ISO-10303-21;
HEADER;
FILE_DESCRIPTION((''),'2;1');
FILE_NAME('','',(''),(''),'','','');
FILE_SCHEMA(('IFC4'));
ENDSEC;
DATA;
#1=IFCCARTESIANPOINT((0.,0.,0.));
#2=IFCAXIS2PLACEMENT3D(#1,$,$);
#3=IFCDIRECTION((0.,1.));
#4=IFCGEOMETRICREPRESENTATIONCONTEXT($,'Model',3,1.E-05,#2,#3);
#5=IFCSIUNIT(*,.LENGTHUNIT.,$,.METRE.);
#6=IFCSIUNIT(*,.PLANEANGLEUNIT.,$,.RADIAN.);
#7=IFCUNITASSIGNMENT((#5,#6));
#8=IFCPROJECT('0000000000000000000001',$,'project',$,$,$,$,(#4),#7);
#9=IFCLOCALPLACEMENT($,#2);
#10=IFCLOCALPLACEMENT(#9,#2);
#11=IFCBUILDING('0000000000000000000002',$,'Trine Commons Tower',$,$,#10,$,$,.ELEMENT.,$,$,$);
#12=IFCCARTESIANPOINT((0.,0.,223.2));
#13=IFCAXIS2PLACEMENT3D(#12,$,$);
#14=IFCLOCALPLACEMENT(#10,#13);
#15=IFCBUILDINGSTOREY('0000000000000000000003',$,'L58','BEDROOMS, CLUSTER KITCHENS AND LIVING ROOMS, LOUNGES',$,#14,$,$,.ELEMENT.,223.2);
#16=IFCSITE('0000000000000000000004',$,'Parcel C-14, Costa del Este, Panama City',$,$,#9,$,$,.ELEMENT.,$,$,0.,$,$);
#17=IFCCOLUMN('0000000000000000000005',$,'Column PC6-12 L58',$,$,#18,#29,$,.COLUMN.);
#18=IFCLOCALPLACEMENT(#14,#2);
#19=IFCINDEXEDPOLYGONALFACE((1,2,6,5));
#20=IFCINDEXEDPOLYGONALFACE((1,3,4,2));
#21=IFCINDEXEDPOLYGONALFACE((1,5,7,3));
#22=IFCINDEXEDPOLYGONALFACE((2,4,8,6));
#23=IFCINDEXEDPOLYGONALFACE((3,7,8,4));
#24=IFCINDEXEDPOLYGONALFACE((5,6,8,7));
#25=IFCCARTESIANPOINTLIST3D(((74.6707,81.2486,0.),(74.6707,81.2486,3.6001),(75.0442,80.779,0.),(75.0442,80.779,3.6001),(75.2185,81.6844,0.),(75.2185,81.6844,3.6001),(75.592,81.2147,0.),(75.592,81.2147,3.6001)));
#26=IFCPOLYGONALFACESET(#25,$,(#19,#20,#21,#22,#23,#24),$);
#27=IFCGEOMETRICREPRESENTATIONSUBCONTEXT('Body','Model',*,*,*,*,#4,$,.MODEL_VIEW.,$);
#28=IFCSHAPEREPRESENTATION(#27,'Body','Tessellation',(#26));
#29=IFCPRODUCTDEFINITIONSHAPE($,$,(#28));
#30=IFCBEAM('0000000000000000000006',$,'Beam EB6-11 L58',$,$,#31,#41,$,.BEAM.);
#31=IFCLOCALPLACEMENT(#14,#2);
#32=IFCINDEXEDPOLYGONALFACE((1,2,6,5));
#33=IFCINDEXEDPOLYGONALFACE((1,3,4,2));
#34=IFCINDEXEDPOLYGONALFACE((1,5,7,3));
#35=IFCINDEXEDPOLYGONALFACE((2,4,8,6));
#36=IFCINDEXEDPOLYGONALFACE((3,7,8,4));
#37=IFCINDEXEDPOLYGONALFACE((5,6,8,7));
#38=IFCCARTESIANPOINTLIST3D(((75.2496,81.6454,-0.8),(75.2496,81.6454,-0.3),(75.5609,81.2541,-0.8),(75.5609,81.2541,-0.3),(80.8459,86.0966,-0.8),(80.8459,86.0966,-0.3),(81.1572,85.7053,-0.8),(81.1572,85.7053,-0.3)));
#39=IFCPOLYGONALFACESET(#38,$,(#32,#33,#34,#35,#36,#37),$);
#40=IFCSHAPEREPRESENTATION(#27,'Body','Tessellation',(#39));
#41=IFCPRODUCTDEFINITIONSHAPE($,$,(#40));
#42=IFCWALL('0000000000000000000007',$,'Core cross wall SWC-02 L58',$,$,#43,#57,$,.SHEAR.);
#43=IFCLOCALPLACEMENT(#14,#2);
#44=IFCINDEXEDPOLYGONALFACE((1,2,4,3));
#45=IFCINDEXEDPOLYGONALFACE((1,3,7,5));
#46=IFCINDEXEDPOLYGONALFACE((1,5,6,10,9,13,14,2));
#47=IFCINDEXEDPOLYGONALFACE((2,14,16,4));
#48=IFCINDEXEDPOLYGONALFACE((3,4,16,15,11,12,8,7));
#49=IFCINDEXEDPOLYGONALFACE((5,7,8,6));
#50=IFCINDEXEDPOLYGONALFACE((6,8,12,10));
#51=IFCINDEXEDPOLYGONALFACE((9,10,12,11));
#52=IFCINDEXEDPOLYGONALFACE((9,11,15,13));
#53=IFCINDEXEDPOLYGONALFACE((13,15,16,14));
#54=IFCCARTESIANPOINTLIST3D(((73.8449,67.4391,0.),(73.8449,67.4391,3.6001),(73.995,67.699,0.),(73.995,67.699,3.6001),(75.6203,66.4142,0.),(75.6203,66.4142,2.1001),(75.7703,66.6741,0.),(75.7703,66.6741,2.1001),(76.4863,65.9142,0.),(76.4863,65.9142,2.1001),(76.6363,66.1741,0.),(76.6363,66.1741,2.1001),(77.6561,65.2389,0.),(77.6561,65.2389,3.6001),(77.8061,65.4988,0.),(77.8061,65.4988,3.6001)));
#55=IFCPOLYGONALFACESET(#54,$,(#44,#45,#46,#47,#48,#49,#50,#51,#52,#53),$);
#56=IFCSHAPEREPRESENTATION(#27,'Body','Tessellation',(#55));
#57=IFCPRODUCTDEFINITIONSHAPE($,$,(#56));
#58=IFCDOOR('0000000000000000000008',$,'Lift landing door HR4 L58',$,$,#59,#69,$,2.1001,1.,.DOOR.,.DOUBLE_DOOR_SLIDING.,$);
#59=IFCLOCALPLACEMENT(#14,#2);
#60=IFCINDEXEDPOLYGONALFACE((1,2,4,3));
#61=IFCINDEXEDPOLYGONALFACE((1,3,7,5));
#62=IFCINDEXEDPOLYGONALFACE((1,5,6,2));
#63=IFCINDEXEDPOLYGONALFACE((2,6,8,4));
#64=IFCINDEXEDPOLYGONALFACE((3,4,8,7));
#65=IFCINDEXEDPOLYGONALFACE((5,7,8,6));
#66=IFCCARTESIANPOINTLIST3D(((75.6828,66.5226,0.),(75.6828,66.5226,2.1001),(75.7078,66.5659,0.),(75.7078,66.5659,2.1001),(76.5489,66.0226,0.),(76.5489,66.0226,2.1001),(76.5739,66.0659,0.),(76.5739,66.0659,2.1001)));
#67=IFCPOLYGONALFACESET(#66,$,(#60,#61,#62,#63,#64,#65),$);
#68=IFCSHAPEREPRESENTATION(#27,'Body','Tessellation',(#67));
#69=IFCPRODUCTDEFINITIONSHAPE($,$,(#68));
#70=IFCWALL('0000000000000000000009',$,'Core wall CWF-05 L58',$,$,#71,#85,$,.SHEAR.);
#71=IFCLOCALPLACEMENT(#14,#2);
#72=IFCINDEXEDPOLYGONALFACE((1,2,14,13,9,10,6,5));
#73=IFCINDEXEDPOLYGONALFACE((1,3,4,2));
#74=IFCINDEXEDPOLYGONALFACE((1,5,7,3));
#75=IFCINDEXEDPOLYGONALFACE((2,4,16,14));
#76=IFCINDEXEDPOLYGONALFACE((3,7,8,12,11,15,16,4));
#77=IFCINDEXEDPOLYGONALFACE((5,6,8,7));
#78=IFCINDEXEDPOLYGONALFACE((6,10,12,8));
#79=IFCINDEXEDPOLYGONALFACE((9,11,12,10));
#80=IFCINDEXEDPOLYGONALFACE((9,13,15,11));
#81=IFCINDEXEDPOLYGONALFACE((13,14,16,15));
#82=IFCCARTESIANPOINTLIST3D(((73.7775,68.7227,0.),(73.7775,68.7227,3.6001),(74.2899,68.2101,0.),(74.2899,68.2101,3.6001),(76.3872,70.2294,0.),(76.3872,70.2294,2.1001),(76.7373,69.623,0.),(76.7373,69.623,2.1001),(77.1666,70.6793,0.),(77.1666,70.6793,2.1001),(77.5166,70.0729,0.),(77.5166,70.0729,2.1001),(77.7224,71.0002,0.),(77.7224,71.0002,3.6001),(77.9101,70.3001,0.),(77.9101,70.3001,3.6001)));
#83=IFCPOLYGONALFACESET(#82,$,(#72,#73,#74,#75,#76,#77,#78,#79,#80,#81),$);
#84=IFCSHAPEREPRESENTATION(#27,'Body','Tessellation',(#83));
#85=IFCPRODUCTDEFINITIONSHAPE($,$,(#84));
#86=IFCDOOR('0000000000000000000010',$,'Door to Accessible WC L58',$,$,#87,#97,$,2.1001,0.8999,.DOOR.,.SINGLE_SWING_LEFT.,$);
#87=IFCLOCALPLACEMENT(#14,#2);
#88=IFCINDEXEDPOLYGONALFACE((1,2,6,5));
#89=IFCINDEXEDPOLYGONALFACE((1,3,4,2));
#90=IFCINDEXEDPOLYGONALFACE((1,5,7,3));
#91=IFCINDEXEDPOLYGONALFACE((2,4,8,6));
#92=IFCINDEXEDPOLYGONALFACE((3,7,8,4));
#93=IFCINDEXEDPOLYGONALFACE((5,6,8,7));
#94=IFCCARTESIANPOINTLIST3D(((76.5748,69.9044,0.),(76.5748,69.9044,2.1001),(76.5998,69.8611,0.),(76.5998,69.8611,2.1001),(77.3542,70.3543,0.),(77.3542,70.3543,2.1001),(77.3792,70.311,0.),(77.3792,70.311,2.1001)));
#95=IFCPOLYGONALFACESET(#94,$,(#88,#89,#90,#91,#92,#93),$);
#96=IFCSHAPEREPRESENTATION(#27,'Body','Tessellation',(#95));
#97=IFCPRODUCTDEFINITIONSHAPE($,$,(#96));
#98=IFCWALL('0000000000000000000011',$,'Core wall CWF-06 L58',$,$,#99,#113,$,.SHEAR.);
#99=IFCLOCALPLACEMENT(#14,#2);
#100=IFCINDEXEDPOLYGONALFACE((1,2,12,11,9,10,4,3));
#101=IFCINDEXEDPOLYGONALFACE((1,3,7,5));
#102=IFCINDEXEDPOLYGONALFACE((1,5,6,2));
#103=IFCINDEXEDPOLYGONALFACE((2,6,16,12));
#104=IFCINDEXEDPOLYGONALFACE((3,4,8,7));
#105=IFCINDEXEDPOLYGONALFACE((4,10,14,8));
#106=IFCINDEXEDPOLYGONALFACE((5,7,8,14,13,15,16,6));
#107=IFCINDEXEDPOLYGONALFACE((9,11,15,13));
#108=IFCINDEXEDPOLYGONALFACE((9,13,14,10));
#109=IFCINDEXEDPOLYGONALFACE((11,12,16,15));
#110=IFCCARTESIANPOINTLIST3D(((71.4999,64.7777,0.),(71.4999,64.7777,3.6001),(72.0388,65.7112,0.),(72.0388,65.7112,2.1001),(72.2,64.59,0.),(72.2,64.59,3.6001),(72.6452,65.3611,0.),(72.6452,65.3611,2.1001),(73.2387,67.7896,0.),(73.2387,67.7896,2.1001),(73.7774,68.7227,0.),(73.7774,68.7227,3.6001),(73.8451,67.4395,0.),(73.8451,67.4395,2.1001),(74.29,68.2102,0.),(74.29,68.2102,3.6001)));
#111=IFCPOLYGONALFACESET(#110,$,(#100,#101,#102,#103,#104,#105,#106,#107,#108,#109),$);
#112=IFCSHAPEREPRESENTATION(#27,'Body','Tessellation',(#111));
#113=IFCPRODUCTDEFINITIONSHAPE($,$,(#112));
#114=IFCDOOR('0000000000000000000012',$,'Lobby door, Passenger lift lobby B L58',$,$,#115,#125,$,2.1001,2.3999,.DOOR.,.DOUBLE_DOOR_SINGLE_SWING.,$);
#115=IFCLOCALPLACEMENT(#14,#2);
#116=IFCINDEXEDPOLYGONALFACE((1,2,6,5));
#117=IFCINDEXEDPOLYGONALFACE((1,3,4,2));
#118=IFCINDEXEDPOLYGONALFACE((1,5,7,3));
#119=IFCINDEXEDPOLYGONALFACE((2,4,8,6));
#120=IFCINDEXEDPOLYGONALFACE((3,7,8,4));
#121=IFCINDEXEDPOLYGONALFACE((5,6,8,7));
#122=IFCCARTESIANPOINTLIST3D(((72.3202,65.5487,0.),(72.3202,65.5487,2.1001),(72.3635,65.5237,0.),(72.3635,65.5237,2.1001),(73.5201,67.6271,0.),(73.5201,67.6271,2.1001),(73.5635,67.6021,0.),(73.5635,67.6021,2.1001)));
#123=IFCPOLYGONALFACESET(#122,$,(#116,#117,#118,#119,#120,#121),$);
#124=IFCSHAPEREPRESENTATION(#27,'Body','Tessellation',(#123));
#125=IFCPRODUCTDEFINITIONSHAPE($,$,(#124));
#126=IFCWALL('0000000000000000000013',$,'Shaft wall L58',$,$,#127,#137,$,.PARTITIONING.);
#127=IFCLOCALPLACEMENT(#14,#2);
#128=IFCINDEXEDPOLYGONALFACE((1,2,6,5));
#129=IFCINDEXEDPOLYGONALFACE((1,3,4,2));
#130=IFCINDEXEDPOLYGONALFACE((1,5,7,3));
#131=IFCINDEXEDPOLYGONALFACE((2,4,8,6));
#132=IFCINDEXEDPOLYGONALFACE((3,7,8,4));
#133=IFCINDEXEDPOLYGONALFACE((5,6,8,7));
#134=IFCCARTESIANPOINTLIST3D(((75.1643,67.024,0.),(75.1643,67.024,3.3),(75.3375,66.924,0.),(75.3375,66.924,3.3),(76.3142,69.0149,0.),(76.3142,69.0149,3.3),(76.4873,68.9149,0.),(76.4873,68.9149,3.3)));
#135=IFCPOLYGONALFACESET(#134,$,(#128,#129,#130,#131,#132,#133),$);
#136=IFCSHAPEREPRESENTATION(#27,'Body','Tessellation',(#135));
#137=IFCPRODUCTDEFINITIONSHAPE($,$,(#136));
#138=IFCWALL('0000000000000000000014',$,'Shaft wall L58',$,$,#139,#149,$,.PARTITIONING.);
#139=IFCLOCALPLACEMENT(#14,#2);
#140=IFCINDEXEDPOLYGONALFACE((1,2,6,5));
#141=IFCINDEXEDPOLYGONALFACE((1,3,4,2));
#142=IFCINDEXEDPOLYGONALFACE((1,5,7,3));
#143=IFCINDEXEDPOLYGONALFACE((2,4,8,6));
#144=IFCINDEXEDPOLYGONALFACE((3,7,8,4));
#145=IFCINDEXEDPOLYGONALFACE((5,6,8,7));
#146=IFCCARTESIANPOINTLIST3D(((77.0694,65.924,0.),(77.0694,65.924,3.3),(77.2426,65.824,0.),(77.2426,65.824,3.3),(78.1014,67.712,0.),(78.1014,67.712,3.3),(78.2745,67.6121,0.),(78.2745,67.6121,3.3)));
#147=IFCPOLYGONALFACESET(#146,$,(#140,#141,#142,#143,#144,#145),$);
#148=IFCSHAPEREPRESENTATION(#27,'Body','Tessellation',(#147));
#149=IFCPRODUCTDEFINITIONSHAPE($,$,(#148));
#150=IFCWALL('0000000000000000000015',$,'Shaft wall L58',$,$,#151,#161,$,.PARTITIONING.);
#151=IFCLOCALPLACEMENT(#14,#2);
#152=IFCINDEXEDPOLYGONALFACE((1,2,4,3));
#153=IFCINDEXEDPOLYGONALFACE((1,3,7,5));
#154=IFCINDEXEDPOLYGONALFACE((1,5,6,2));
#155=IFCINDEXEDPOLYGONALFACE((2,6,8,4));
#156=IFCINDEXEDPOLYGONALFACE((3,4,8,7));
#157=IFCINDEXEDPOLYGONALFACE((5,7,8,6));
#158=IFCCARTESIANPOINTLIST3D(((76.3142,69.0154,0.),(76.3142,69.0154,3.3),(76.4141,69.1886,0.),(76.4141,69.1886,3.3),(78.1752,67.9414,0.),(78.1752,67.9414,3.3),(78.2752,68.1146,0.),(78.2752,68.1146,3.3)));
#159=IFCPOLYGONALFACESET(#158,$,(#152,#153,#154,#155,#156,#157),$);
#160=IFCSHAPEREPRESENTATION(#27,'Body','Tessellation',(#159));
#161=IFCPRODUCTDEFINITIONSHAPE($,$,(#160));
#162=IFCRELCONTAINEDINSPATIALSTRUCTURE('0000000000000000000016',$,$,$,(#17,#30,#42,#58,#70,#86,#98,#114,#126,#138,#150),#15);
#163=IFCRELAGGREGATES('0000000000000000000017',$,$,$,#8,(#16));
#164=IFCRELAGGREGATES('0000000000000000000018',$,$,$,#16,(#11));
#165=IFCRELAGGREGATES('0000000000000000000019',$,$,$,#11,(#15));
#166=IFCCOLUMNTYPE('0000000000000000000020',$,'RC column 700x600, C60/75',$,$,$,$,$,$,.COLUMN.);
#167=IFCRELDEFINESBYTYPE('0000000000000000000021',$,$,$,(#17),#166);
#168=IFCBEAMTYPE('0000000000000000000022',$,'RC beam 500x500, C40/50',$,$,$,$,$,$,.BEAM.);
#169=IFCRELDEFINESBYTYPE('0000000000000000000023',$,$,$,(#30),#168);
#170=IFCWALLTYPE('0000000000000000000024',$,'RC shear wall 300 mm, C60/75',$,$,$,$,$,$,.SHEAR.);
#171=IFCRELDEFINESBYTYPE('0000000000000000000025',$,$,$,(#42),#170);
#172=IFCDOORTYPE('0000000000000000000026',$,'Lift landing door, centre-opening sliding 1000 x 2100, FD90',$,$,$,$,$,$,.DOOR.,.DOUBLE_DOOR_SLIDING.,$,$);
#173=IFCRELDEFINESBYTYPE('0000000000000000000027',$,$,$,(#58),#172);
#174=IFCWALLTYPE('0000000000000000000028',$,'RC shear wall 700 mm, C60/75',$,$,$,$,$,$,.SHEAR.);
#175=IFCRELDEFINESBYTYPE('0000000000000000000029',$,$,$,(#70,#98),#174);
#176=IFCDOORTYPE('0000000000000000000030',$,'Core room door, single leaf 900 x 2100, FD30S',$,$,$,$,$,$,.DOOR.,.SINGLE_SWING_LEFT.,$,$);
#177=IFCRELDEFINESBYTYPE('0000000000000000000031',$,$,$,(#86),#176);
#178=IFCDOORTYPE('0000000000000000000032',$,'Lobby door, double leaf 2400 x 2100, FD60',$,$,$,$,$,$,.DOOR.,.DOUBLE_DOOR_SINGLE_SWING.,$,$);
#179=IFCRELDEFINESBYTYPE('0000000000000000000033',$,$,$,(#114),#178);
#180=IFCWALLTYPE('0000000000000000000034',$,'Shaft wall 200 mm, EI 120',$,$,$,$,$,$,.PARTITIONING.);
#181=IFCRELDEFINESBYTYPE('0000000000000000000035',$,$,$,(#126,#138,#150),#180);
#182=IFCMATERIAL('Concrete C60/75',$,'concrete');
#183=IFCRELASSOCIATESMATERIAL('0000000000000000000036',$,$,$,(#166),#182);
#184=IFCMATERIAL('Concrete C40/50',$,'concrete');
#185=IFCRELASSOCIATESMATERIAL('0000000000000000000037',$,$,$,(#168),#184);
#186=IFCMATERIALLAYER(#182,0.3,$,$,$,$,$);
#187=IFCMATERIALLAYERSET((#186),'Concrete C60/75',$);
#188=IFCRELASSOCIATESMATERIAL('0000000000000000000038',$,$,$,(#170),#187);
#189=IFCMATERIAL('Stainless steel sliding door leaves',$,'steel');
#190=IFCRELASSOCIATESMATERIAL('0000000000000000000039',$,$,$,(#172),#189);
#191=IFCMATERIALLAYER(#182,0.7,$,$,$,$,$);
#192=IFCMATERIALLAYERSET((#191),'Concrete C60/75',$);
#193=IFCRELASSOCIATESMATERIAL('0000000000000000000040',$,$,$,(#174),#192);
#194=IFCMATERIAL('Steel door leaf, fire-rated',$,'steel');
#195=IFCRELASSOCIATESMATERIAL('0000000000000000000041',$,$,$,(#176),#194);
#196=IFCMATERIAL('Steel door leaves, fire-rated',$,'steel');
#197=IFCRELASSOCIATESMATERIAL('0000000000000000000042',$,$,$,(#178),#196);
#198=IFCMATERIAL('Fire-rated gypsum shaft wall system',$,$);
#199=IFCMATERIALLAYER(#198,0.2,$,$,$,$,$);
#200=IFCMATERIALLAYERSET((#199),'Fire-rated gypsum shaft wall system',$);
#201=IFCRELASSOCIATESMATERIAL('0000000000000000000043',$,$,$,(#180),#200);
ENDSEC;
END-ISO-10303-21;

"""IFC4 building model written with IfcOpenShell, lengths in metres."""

from ifc_helpers import new_model, si_unit, direction, frame, frame_2d, origin, origin_2d, place, context, subcontext, project, spatial, polyline, rectangle, outline, extrude, material, layer, layer_set, material_profile, profile_set, type_object, element, fill, save


model = new_model("IFC4")

# Units and contexts
model_context = context("Model", 3, precision=1e-05, world=origin(), true_north=direction((0.0, 1.0)))
body_context = subcontext(model_context, "Body", "Model", "MODEL_VIEW")
ifc_project = project(units=[si_unit("LENGTHUNIT", "METRE"), si_unit("PLANEANGLEUNIT", "RADIAN")], contexts=[model_context])

# Site, building, storey
site_placement = place(None, origin())
site = spatial("IfcSite", under=ifc_project, at=site_placement, Name="Parcel C-14, Costa del Este, Panama City", CompositionType="ELEMENT", RefElevation=0.0)
building_placement = place(site_placement, origin())
building = spatial("IfcBuilding", under=site, at=building_placement, Name="Trine Commons Tower", CompositionType="ELEMENT")
storey_placement = place(building_placement, frame((0.0, 0.0, 223.2)))
storey = spatial("IfcBuildingStorey", under=building, at=storey_placement, Name="L58", Description="BEDROOMS, CLUSTER KITCHENS AND LIVING ROOMS, LOUNGES", CompositionType="ELEMENT", Elevation=223.2)

# Column
ifc_material_1 = material(Name="Concrete C60/75", Category="concrete")
ifc_material_profile_1 = material_profile(ifc_material_1, rectangle(XDim=0.7, YDim=0.6001, at=origin_2d()), Name="RC 700x600")
ifc_profile_set_1 = profile_set([ifc_material_profile_1], Name="Concrete C60/75")
column_type = type_object("IfcColumnType", Name="RC column 700x600, C60/75", PredefinedType="COLUMN", material=ifc_profile_set_1)
column_placement = place(storey_placement, frame((75.1313, 81.2317, 0.0), z_axis=(0.0, 0.0, 1.0), x_axis=(0.782608, 0.622515, 0.0)))
element("IfcColumn", 1, at=column_placement, inside=storey, type_object=column_type, Name="Column PC6-12 L58", PredefinedType="COLUMN", context=body_context, shape_type="SweptSolid", body=[
    extrude(rectangle(XDim=0.7, YDim=0.6001, at=origin_2d()), origin(), (0.0, 0.0, 1.0), 3.6001),
])

# Beam
ifc_material_2 = material(Name="Concrete C40/50", Category="concrete")
ifc_material_profile_2 = material_profile(ifc_material_2, rectangle(XDim=0.5, YDim=0.5, at=origin_2d()), Name="RC 500x500")
ifc_profile_set_2 = profile_set([ifc_material_profile_2], Name="Concrete C40/50")
beam_type = type_object("IfcBeamType", Name="RC beam 500x500, C40/50", PredefinedType="BEAM", material=ifc_profile_set_2)
beam_placement = place(storey_placement, frame((75.4053, 81.4497, -0.55), z_axis=(0.782624, 0.622494, 0.0), x_axis=(-0.622494, 0.782624, 0.0)))
element("IfcBeam", 2, at=beam_placement, inside=storey, type_object=beam_type, Name="Beam EB6-11 L58", PredefinedType="BEAM", context=body_context, shape_type="SweptSolid", body=[
    extrude(rectangle(XDim=0.5, YDim=0.5, at=origin_2d()), origin(), (0.0, 0.0, 1.0), 7.1506),
])

# Walls, openings, doors
ifc_layer_1 = layer(ifc_material_1, 0.3)
ifc_layer_set_1 = layer_set([ifc_layer_1], Name="Concrete C60/75")
wall_type_1 = type_object("IfcWallType", Name="RC shear wall 300 mm, C60/75", PredefinedType="SHEAR", material=ifc_layer_set_1)
wall_1_placement = place(storey_placement, frame((77.731, 65.3689, 0.0), z_axis=(0.0, 0.0, 1.0), x_axis=(-0.866036, 0.499982, 0.0)))
wall_1 = element("IfcWall", 3, at=wall_1_placement, inside=storey, type_object=wall_type_1, Name="Core cross wall SWC-02 L58", PredefinedType="SHEAR", context=body_context, shape_type="SweptSolid", body=[
    extrude(rectangle(XDim=4.4006, YDim=0.3, at=frame_2d((2.2002, 0.0))), origin(), (0.0, 0.0, 1.0), 3.6001),
])
opening_1_placement = place(wall_1_placement, frame((1.3506, 0.0, 0.0)))
opening_1 = element("IfcOpeningElement", 4, at=opening_1_placement, cuts=wall_1, PredefinedType="OPENING", context=body_context, shape_type="SweptSolid", body=[
    extrude(rectangle(XDim=1.0, YDim=2.1001, at=frame_2d((0.5, 1.05))), frame((0.0, 0.1599, 0.0), z_axis=(0.0, -1.0, 0.0), x_axis=(1.0, 0.0, 0.0)), (0.0, 0.0, 1.0), 0.3201),
])
ifc_material_3 = material(Name="Stainless steel sliding door leaves", Category="steel")
door_type_1 = type_object("IfcDoorType", Name="Lift landing door, centre-opening sliding 1000 x 2100, FD90", OperationType="DOUBLE_DOOR_SLIDING", PredefinedType="DOOR", material=ifc_material_3)
door_1_placement = place(opening_1_placement, origin())
door_1 = element("IfcDoor", 5, at=door_1_placement, inside=storey, type_object=door_type_1, Name="Lift landing door HR4 L58", OperationType="DOUBLE_DOOR_SLIDING", OverallHeight=2.1001, OverallWidth=1.0, PredefinedType="DOOR", context=body_context, shape_type="SweptSolid", body=[
    extrude(rectangle(XDim=1.0, YDim=2.1001, at=frame_2d((0.5, 1.05))), frame((0.0, 0.0249, 0.0), z_axis=(0.0, -1.0, 0.0), x_axis=(1.0, 0.0, 0.0)), (0.0, 0.0, 1.0), 0.05),
])
fill(opening_1, door_1)
ifc_layer_2 = layer(ifc_material_1, 0.7)
ifc_layer_set_2 = layer_set([ifc_layer_2], Name="Concrete C60/75")
wall_type_2 = type_object("IfcWallType", Name="RC shear wall 700 mm, C60/75", PredefinedType="SHEAR", material=ifc_layer_set_2)
wall_2_placement = place(storey_placement, frame((77.8975, 70.697, 0.0), z_axis=(0.0, 0.0, 1.0), x_axis=(-0.866035, -0.499984, 0.0)))
wall_2 = element("IfcWall", 6, at=wall_2_placement, inside=storey, type_object=wall_type_2, Name="Core wall CWF-05 L58", PredefinedType="SHEAR", context=body_context, shape_type="SweptSolid", body=[
    extrude(outline(polyline([(0.0, -0.3501), (4.5552, -0.3501), (4.3677, 0.3501), (0.1875, 0.3501), (0.0, -0.3501)])), origin(), (0.0, 0.0, 1.0), 3.6001),
])
opening_2_placement = place(wall_2_placement, frame((0.6418, 0.0, 0.0)))
opening_2 = element("IfcOpeningElement", 7, at=opening_2_placement, cuts=wall_2, PredefinedType="OPENING", context=body_context, shape_type="SweptSolid", body=[
    extrude(rectangle(XDim=0.8999, YDim=2.1001, at=frame_2d((0.45, 1.05))), frame((0.0, 0.3599, 0.0), z_axis=(0.0, -1.0, 0.0), x_axis=(1.0, 0.0, 0.0)), (0.0, 0.0, 1.0), 0.72),
])
ifc_material_4 = material(Name="Steel door leaf, fire-rated", Category="steel")
door_type_2 = type_object("IfcDoorType", Name="Core room door, single leaf 900 x 2100, FD30S", OperationType="SINGLE_SWING_LEFT", PredefinedType="DOOR", material=ifc_material_4)
door_2_placement = place(opening_2_placement, origin())
door_2 = element("IfcDoor", 8, at=door_2_placement, inside=storey, type_object=door_type_2, Name="Door to Accessible WC L58", OperationType="SINGLE_SWING_LEFT", OverallHeight=2.1001, OverallWidth=0.8999, PredefinedType="DOOR", context=body_context, shape_type="SweptSolid", body=[
    extrude(rectangle(XDim=0.8999, YDim=2.1001, at=frame_2d((0.45, 1.05))), frame((0.0, 0.0752, 0.0), z_axis=(0.0, -1.0, 0.0), x_axis=(1.0, 0.0, 0.0)), (0.0, 0.0, 1.0), 0.05),
])
fill(opening_2, door_2)
wall_3_placement = place(storey_placement, frame((74.0806, 68.5476, 0.0), z_axis=(0.0, 0.0, 1.0), x_axis=(-0.499984, -0.866035, 0.0)))
wall_3 = element("IfcWall", 9, at=wall_3_placement, inside=storey, type_object=wall_type_2, Name="Core wall CWF-06 L58", PredefinedType="SHEAR", context=body_context, shape_type="SweptSolid", body=[
    extrude(outline(polyline([(0.0, -0.3501), (4.5552, -0.3501), (4.3677, 0.3501), (0.1875, 0.3501), (0.0, -0.3501)])), origin(), (0.0, 0.0, 1.0), 3.6001),
])
opening_3_placement = place(wall_3_placement, frame((1.0774, 0.0, 0.0)))
opening_3 = element("IfcOpeningElement", 10, at=opening_3_placement, cuts=wall_3, PredefinedType="OPENING", context=body_context, shape_type="SweptSolid", body=[
    extrude(rectangle(XDim=2.3999, YDim=2.1001, at=frame_2d((1.2, 1.05))), frame((0.0, 0.3599, 0.0), z_axis=(0.0, -1.0, 0.0), x_axis=(1.0, 0.0, 0.0)), (0.0, 0.0, 1.0), 0.72),
])
ifc_material_5 = material(Name="Steel door leaves, fire-rated", Category="steel")
door_type_3 = type_object("IfcDoorType", Name="Lobby door, double leaf 2400 x 2100, FD60", OperationType="DOUBLE_DOOR_SINGLE_SWING", PredefinedType="DOOR", material=ifc_material_5)
door_3_placement = place(opening_3_placement, origin())
door_3 = element("IfcDoor", 11, at=door_3_placement, inside=storey, type_object=door_type_3, Name="Lobby door, Passenger lift lobby B L58", OperationType="DOUBLE_DOOR_SINGLE_SWING", OverallHeight=2.1001, OverallWidth=2.3999, PredefinedType="DOOR", context=body_context, shape_type="SweptSolid", body=[
    extrude(rectangle(XDim=2.3999, YDim=2.1001, at=frame_2d((1.2, 1.05))), frame((0.0, 0.0249, 0.0), z_axis=(0.0, -1.0, 0.0), x_axis=(1.0, 0.0, 0.0)), (0.0, 0.0, 1.0), 0.05),
])
fill(opening_3, door_3)

# Walls
ifc_material_6 = material(Name="Fire-rated gypsum shaft wall system")
ifc_layer_3 = layer(ifc_material_6, 0.2)
ifc_layer_set_3 = layer_set([ifc_layer_3], Name="Fire-rated gypsum shaft wall system")
wall_type_3 = type_object("IfcWallType", Name="Shaft wall 200 mm, EI 120", PredefinedType="PARTITIONING", material=ifc_layer_set_3)
wall_4_placement = place(storey_placement, frame((75.251, 66.9741, 0.0), z_axis=(0.0, 0.0, 1.0), x_axis=(0.500136, 0.865947, 0.0)))
element("IfcWall", 12, at=wall_4_placement, inside=storey, type_object=wall_type_3, Name="Shaft wall L58", PredefinedType="PARTITIONING", context=body_context, shape_type="SweptSolid", body=[
    extrude(rectangle(XDim=2.2991, YDim=0.2, at=frame_2d((1.1494, 0.0))), origin(), (0.0, 0.0, 1.0), 3.3),
])
wall_5_placement = place(storey_placement, frame((77.156, 65.874, 0.0), z_axis=(0.0, 0.0, 1.0), x_axis=(0.499866, 0.866103, 0.0)))
element("IfcWall", 13, at=wall_5_placement, inside=storey, type_object=wall_type_3, Name="Shaft wall L58", PredefinedType="PARTITIONING", context=body_context, shape_type="SweptSolid", body=[
    extrude(rectangle(XDim=2.0645, YDim=0.2, at=frame_2d((1.0322, 0.0))), origin(), (0.0, 0.0, 1.0), 3.3),
])
wall_6_placement = place(storey_placement, frame((78.2251, 68.0281, 0.0), z_axis=(0.0, 0.0, 1.0), x_axis=(-0.866131, 0.499818, 0.0)))
element("IfcWall", 14, at=wall_6_placement, inside=storey, type_object=wall_type_3, Name="Shaft wall L58", PredefinedType="PARTITIONING", context=body_context, shape_type="SweptSolid", body=[
    extrude(rectangle(XDim=2.1487, YDim=0.2, at=frame_2d((1.0742, 0.0))), origin(), (0.0, 0.0, 1.0), 3.3),
])

save(model, "model.ifc")
